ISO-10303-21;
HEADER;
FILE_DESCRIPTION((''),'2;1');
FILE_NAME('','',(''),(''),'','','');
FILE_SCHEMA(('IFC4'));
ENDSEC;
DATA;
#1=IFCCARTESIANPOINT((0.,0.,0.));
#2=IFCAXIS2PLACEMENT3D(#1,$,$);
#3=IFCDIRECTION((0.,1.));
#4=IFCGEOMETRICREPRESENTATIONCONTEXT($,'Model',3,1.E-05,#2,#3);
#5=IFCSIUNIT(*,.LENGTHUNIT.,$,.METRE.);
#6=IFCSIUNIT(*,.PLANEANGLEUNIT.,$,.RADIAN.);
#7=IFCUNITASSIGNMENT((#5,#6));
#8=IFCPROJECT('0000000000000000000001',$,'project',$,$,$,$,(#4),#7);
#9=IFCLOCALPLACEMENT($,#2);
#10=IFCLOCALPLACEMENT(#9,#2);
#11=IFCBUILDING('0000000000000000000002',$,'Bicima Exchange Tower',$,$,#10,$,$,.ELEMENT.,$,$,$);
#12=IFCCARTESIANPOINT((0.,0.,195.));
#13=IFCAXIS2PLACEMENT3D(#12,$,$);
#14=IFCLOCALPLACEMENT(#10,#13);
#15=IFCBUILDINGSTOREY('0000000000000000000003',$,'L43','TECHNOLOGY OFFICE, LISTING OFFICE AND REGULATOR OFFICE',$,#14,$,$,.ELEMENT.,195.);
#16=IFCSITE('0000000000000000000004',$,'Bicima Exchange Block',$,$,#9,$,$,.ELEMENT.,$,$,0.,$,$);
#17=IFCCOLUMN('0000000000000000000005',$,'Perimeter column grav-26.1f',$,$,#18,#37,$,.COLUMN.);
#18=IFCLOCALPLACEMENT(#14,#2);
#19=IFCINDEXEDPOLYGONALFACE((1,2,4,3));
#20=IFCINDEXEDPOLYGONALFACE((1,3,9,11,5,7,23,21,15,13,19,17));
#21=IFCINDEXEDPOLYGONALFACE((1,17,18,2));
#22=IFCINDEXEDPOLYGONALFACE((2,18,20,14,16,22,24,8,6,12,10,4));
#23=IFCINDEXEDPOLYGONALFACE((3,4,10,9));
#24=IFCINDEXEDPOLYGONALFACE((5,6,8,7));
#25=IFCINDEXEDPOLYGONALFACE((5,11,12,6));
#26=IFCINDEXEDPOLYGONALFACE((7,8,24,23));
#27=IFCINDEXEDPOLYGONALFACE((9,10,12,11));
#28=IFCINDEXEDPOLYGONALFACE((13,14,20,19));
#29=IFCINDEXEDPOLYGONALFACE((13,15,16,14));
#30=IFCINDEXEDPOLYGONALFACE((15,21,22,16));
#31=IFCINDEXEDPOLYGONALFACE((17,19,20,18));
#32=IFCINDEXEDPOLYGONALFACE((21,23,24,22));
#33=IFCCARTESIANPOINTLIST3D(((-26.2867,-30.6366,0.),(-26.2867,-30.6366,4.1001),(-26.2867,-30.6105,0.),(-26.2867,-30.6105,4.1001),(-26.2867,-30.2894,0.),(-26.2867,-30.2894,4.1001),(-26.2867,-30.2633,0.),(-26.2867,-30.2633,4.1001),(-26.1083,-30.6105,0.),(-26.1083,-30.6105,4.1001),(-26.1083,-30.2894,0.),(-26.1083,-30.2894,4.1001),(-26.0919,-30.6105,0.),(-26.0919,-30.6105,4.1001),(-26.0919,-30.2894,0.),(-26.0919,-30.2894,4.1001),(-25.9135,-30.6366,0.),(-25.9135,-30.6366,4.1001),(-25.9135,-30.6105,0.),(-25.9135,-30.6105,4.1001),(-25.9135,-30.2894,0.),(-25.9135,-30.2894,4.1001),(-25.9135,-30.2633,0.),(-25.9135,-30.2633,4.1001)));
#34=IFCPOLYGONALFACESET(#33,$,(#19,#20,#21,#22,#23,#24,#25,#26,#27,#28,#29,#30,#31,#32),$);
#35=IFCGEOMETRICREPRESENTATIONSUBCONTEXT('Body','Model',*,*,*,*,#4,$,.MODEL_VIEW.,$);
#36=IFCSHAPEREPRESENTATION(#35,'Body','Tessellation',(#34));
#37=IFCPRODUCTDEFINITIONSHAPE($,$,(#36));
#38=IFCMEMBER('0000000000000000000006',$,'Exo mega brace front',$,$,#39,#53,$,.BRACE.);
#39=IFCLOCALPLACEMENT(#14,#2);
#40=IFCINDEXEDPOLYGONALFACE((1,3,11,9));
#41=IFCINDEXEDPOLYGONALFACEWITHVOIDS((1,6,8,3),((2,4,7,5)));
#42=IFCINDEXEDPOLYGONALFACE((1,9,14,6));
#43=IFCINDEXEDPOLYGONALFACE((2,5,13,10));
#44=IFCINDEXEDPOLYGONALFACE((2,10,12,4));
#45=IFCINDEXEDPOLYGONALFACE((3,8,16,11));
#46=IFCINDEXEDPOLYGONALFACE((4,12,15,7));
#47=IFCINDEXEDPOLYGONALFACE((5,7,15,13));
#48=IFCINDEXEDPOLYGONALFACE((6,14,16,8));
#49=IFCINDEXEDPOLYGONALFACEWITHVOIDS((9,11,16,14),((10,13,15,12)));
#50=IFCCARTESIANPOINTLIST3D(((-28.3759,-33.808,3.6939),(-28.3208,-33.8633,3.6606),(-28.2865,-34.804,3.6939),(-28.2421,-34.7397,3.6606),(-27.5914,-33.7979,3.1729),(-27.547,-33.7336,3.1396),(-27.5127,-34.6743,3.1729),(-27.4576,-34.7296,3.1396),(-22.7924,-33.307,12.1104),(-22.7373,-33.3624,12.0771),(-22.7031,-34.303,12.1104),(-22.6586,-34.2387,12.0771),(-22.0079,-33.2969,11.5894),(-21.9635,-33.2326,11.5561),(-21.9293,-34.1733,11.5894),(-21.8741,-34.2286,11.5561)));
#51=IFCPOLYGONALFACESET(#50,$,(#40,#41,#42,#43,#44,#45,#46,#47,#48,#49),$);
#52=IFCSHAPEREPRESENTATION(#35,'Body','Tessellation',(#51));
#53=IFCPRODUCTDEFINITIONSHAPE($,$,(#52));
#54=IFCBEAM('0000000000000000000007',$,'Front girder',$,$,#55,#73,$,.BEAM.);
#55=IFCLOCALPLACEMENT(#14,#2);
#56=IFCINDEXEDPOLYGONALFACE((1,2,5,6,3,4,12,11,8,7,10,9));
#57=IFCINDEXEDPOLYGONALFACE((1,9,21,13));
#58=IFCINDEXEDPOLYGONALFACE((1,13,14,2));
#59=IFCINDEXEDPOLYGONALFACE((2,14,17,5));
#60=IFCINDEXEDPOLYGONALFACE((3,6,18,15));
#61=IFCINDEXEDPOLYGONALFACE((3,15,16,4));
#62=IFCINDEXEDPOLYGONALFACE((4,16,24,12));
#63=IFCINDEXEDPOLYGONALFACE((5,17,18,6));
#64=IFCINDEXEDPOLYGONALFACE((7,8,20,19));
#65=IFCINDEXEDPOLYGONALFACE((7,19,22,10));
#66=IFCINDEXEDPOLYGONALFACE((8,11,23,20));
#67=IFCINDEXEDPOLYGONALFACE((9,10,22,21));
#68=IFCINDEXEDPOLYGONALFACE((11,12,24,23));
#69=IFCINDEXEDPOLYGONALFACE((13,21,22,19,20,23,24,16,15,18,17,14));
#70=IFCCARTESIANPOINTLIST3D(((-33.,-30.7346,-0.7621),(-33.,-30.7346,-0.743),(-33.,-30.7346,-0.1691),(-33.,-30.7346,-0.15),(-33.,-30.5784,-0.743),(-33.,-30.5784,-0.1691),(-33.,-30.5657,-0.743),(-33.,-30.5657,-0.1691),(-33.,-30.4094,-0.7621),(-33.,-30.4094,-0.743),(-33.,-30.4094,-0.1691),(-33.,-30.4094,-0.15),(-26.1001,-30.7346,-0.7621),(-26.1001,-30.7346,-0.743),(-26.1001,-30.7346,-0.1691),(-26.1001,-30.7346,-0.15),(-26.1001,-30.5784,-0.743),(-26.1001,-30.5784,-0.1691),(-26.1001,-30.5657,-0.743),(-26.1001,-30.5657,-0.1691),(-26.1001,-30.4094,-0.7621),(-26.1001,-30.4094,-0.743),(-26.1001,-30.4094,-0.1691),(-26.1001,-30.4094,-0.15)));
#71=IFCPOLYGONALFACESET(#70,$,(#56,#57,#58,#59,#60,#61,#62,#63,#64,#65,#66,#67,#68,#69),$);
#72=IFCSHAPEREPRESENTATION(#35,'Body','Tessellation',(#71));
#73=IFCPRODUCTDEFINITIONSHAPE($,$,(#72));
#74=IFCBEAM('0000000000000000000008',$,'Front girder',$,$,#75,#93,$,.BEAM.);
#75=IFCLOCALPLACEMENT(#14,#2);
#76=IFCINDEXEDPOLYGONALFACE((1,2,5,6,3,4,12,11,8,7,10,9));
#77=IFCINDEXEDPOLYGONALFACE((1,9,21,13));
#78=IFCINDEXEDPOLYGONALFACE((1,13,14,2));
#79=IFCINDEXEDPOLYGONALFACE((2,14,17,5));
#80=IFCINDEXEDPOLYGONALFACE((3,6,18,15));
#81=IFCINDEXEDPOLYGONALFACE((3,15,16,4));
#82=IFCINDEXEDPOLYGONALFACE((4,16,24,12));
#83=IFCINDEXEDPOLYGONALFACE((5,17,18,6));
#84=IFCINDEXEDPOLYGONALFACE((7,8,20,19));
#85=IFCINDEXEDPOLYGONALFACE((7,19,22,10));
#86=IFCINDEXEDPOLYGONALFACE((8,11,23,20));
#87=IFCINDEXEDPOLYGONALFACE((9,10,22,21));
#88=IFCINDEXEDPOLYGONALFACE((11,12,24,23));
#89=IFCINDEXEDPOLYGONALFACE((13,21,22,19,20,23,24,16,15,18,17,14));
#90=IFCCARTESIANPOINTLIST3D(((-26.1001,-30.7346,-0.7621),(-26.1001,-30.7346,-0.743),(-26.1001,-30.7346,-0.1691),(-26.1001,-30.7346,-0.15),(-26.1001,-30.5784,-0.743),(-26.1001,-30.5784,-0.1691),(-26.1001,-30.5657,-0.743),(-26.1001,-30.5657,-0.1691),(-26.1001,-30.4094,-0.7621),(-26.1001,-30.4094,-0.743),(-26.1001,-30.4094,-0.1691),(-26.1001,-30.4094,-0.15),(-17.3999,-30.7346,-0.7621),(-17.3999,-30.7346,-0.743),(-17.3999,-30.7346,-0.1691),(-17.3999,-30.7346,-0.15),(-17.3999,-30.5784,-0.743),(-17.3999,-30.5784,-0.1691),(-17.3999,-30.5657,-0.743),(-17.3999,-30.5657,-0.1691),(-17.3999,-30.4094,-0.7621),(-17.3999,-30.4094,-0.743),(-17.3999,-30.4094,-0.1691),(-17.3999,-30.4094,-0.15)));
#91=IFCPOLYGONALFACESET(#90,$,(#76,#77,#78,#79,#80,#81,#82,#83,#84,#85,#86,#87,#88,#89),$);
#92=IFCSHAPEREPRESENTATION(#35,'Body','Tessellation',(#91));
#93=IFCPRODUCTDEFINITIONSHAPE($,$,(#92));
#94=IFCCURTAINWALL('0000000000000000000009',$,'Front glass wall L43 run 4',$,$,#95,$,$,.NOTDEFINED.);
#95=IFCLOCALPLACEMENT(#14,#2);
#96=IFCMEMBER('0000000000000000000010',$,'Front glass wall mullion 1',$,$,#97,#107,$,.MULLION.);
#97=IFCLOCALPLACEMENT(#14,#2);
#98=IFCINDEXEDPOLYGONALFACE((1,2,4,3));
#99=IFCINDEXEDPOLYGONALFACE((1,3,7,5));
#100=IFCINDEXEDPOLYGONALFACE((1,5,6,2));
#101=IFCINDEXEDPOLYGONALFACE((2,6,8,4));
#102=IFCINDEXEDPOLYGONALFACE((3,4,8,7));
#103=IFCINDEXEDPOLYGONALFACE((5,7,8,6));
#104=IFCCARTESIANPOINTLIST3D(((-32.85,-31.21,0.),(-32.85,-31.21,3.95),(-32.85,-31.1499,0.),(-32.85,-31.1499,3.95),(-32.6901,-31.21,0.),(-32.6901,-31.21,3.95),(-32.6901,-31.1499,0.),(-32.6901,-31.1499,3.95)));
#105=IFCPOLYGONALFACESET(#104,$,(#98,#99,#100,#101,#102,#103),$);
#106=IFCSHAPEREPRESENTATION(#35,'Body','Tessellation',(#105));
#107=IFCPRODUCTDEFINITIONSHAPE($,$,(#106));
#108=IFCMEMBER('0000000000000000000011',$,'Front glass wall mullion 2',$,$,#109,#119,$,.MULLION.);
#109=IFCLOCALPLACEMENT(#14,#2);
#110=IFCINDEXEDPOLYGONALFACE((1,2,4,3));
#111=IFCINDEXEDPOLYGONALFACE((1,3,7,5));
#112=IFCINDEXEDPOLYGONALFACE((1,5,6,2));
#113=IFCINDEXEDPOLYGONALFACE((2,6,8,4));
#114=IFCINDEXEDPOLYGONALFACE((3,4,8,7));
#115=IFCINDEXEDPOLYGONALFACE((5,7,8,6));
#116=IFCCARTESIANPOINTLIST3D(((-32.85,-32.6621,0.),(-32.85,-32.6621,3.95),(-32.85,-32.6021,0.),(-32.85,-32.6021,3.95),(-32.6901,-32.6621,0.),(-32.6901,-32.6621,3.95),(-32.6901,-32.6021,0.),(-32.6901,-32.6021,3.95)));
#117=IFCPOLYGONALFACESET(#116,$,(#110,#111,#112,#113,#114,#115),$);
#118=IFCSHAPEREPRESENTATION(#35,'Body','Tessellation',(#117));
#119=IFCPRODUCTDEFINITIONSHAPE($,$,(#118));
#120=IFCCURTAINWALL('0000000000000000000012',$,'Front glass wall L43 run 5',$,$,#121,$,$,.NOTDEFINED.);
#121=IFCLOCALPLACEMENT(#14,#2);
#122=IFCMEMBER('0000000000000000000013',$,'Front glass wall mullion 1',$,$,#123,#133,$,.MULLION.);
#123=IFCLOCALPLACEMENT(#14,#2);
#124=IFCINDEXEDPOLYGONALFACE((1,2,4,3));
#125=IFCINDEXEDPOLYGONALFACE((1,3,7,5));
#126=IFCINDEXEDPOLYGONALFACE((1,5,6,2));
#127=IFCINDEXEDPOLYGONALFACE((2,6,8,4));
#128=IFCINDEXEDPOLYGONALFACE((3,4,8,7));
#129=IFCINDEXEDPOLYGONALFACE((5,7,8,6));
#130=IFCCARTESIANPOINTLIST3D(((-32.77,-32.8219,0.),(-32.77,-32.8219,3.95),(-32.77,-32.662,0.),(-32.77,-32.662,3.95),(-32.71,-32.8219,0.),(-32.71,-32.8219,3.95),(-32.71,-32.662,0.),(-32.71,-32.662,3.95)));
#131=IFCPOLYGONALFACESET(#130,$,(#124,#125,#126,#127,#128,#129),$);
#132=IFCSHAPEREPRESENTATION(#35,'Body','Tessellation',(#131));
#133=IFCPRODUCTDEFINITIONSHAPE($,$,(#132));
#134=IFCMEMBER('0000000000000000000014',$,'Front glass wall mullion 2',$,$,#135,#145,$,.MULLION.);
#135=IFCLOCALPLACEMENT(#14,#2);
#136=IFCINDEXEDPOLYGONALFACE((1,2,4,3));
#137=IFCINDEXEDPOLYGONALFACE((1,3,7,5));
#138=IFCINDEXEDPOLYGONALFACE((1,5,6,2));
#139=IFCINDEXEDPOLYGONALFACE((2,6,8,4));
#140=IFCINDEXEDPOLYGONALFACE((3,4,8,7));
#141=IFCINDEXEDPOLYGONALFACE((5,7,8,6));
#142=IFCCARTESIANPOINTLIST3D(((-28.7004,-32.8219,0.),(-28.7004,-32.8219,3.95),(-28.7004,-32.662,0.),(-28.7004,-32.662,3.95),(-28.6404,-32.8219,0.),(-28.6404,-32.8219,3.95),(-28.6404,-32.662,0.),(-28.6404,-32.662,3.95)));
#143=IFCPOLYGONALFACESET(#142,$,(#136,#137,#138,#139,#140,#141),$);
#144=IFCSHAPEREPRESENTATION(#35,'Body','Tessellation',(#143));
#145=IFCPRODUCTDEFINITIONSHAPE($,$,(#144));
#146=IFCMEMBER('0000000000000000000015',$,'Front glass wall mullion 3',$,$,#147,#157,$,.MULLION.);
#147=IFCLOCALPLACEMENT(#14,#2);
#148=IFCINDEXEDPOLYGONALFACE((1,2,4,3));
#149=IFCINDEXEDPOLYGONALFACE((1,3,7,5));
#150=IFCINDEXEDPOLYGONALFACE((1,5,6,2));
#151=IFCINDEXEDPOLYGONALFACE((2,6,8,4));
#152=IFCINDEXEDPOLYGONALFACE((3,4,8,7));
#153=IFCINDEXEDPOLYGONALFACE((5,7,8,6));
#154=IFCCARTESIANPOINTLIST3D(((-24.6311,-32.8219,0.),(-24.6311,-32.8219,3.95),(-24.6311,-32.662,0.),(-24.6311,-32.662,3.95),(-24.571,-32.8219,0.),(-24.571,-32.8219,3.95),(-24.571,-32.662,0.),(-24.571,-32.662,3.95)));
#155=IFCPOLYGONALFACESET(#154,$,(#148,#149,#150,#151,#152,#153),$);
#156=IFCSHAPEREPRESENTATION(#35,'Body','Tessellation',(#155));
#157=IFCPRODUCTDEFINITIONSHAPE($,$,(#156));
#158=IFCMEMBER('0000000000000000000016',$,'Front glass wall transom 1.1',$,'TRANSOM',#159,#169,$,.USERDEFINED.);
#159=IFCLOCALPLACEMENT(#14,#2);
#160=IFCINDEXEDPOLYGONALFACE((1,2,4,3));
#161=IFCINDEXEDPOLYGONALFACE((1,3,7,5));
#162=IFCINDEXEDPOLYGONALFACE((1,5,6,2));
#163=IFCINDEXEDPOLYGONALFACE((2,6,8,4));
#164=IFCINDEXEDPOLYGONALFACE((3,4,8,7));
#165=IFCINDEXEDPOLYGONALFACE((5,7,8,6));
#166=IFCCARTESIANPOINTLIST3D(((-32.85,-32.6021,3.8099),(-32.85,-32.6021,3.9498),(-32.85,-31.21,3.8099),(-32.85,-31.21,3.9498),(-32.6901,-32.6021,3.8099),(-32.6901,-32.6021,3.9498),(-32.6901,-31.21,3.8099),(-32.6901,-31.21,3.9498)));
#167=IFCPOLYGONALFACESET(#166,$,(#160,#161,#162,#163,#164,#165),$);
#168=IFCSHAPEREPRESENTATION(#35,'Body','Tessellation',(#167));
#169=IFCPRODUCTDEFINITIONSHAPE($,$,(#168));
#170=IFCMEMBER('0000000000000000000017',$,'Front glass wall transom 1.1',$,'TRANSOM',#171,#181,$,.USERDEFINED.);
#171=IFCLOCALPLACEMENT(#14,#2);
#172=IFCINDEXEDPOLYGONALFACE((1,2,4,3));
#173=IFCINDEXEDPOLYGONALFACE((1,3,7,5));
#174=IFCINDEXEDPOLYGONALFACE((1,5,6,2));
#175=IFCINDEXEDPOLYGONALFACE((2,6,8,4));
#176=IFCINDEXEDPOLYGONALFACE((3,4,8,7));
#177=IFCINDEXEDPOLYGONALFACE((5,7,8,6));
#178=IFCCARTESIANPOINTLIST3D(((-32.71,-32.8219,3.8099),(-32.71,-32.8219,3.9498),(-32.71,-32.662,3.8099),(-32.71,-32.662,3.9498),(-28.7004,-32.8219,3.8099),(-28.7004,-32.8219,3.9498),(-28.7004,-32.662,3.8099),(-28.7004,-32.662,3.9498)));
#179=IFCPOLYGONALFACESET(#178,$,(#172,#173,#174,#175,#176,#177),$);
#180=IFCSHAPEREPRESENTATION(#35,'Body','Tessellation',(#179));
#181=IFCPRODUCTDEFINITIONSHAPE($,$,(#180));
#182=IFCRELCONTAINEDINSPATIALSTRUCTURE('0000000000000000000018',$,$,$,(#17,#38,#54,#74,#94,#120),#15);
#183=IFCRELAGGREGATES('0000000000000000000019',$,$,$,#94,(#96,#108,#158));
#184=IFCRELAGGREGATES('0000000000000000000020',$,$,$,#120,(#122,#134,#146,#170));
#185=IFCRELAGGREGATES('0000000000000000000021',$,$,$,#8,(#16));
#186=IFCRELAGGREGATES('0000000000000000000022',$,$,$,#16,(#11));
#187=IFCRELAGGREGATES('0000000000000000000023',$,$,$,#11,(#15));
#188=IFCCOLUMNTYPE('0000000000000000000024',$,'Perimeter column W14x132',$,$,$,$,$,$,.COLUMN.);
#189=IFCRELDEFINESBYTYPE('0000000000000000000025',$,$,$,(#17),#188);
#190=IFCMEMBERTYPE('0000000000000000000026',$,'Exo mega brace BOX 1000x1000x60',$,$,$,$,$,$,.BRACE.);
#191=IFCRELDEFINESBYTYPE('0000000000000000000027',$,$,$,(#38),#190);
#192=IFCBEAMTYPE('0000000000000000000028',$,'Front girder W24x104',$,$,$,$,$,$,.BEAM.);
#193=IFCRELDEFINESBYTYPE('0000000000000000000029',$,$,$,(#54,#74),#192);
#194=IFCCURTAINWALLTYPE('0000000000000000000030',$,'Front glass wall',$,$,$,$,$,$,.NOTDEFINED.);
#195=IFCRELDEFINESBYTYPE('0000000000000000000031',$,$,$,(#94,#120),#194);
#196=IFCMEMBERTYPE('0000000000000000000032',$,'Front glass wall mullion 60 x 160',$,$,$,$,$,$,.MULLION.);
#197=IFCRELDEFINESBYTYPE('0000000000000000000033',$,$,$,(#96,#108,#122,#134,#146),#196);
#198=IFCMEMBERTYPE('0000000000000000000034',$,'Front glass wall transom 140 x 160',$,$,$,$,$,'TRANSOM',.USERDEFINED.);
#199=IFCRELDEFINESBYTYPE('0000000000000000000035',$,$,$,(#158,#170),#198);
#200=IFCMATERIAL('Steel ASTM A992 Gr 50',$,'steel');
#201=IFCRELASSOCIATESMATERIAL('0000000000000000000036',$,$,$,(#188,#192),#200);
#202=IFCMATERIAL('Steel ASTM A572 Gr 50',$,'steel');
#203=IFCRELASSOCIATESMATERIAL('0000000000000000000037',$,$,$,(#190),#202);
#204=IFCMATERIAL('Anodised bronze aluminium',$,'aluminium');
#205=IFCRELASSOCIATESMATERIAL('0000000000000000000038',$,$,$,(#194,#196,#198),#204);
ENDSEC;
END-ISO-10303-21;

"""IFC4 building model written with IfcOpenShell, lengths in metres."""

from ifc_helpers import new_model, si_unit, direction, frame, origin, origin_2d, place, context, subcontext, project, spatial, rectangle, hollow_rectangle, i_section, extrude, material, material_profile, profile_set, type_object, element, aggregate, save


model = new_model("IFC4")

# Units and contexts
model_context = context("Model", 3, precision=1e-05, world=origin(), true_north=direction((0.0, 1.0)))
body_context = subcontext(model_context, "Body", "Model", "MODEL_VIEW")
ifc_project = project(units=[si_unit("LENGTHUNIT", "METRE"), si_unit("PLANEANGLEUNIT", "RADIAN")], contexts=[model_context])

# Site, building, storey
site_placement = place(None, origin())
site = spatial("IfcSite", under=ifc_project, at=site_placement, Name="Bicima Exchange Block", CompositionType="ELEMENT", RefElevation=0.0)
building_placement = place(site_placement, origin())
building = spatial("IfcBuilding", under=site, at=building_placement, Name="Bicima Exchange Tower", CompositionType="ELEMENT")
storey_placement = place(building_placement, frame((0.0, 0.0, 195.0)))
storey = spatial("IfcBuildingStorey", under=building, at=storey_placement, Name="L43", Description="TECHNOLOGY OFFICE, LISTING OFFICE AND REGULATOR OFFICE", CompositionType="ELEMENT", Elevation=195.0)

# Column
ifc_material_1 = material(Name="Steel ASTM A992 Gr 50", Category="steel")
ifc_material_profile_1 = material_profile(ifc_material_1, i_section(OverallWidth=0.3733, OverallDepth=0.3733, WebThickness=0.0164, FlangeThickness=0.0261, at=origin_2d()))
ifc_profile_set_1 = profile_set([ifc_material_profile_1], Name="Steel ASTM A992 Gr 50")
column_type = type_object("IfcColumnType", Name="Perimeter column W14x132", PredefinedType="COLUMN", material=ifc_profile_set_1)
column_placement = place(storey_placement, frame((-26.1001, -30.45, 0.0), z_axis=(0.0, 0.0, 1.0), x_axis=(1.0, 0.0, 0.0)))
element("IfcColumn", 1, at=column_placement, inside=storey, type_object=column_type, Name="Perimeter column grav-26.1f", PredefinedType="COLUMN", context=body_context, shape_type="SweptSolid", body=[
    extrude(i_section(OverallWidth=0.3733, OverallDepth=0.3733, WebThickness=0.0164, FlangeThickness=0.0261, at=origin_2d()), origin(), (0.0, 0.0, 1.0), 4.1001),
])

# Member
ifc_material_2 = material(Name="Steel ASTM A572 Gr 50", Category="steel")
ifc_material_profile_2 = material_profile(ifc_material_2, hollow_rectangle(XDim=1.0, YDim=1.0, WallThickness=0.0601, at=origin_2d()))
ifc_profile_set_2 = profile_set([ifc_material_profile_2], Name="Steel ASTM A572 Gr 50")
member_type_1 = type_object("IfcMemberType", Name="Exo mega brace BOX 1000x1000x60", PredefinedType="BRACE", material=ifc_profile_set_2)
member_1_placement = place(storey_placement, frame((-27.9167, -34.2688, 3.4167), z_axis=(0.552135, 0.04954, 0.832282), x_axis=(-0.089366, 0.995999, 0.0)))
element("IfcMember", 2, at=member_1_placement, inside=storey, type_object=member_type_1, Name="Exo mega brace front", PredefinedType="BRACE", context=body_context, shape_type="SweptSolid", body=[
    extrude(hollow_rectangle(XDim=1.0, YDim=1.0, WallThickness=0.0601, at=origin_2d()), origin(), (0.0, 0.0, 1.0), 10.1125),
])

# Beams
ifc_material_profile_3 = material_profile(ifc_material_1, i_section(OverallWidth=0.3252, OverallDepth=0.6121, WebThickness=0.0127, FlangeThickness=0.019, at=origin_2d()))
ifc_profile_set_3 = profile_set([ifc_material_profile_3], Name="Steel ASTM A992 Gr 50")
beam_type = type_object("IfcBeamType", Name="Front girder W24x104", PredefinedType="BEAM", material=ifc_profile_set_3)
beam_1_placement = place(storey_placement, frame((-33.0, -30.572, -0.4561), z_axis=(1.0, 0.0, 0.0), x_axis=(0.0, 1.0, 0.0)))
element("IfcBeam", 3, at=beam_1_placement, inside=storey, type_object=beam_type, Name="Front girder", PredefinedType="BEAM", context=body_context, shape_type="SweptSolid", body=[
    extrude(i_section(OverallWidth=0.3252, OverallDepth=0.6121, WebThickness=0.0127, FlangeThickness=0.019, at=origin_2d()), origin(), (0.0, 0.0, 1.0), 6.8999),
])
beam_2_placement = place(storey_placement, frame((-26.1001, -30.572, -0.4561), z_axis=(1.0, 0.0, 0.0), x_axis=(0.0, 1.0, 0.0)))
element("IfcBeam", 4, at=beam_2_placement, inside=storey, type_object=beam_type, Name="Front girder", PredefinedType="BEAM", context=body_context, shape_type="SweptSolid", body=[
    extrude(i_section(OverallWidth=0.3252, OverallDepth=0.6121, WebThickness=0.0127, FlangeThickness=0.019, at=origin_2d()), origin(), (0.0, 0.0, 1.0), 8.7002),
])

# Curtain walls, members
ifc_material_3 = material(Name="Anodised bronze aluminium", Category="aluminium")
curtain_wall_type = type_object("IfcCurtainWallType", Name="Front glass wall", PredefinedType="NOTDEFINED", material=ifc_material_3)
curtain_wall_1_placement = place(storey_placement, origin())
curtain_wall_1 = element("IfcCurtainWall", 5, at=curtain_wall_1_placement, inside=storey, type_object=curtain_wall_type, Name="Front glass wall L43 run 4", PredefinedType="NOTDEFINED")
ifc_material_profile_4 = material_profile(ifc_material_3, rectangle(XDim=0.1599, YDim=0.0601, at=origin_2d()))
ifc_profile_set_4 = profile_set([ifc_material_profile_4], Name="Anodised bronze aluminium")
member_type_2 = type_object("IfcMemberType", Name="Front glass wall mullion 60 x 160", PredefinedType="MULLION", material=ifc_profile_set_4)
member_2_placement = place(storey_placement, frame((-32.77, -31.1799, 0.0), z_axis=(0.0, 0.0, 1.0), x_axis=(1.0, 0.0, 0.0)))
member_2 = element("IfcMember", 6, at=member_2_placement, type_object=member_type_2, Name="Front glass wall mullion 1", PredefinedType="MULLION", context=body_context, shape_type="SweptSolid", body=[
    extrude(rectangle(XDim=0.1599, YDim=0.0601, at=origin_2d()), origin(), (0.0, 0.0, 1.0), 3.95),
])
member_3_placement = place(storey_placement, frame((-32.77, -32.6321, 0.0), z_axis=(0.0, 0.0, 1.0), x_axis=(1.0, 0.0, 0.0)))
member_3 = element("IfcMember", 7, at=member_3_placement, type_object=member_type_2, Name="Front glass wall mullion 2", PredefinedType="MULLION", context=body_context, shape_type="SweptSolid", body=[
    extrude(rectangle(XDim=0.1599, YDim=0.0601, at=origin_2d()), origin(), (0.0, 0.0, 1.0), 3.95),
])
curtain_wall_2_placement = place(storey_placement, origin())
curtain_wall_2 = element("IfcCurtainWall", 8, at=curtain_wall_2_placement, inside=storey, type_object=curtain_wall_type, Name="Front glass wall L43 run 5", PredefinedType="NOTDEFINED")
member_4_placement = place(storey_placement, frame((-32.74, -32.7419, 0.0), z_axis=(0.0, 0.0, 1.0), x_axis=(0.0, 1.0, 0.0)))
member_4 = element("IfcMember", 9, at=member_4_placement, type_object=member_type_2, Name="Front glass wall mullion 1", PredefinedType="MULLION", context=body_context, shape_type="SweptSolid", body=[
    extrude(rectangle(XDim=0.1599, YDim=0.0601, at=origin_2d()), origin(), (0.0, 0.0, 1.0), 3.95),
])
member_5_placement = place(storey_placement, frame((-28.6704, -32.7419, 0.0), z_axis=(0.0, 0.0, 1.0), x_axis=(0.0, 1.0, 0.0)))
member_5 = element("IfcMember", 10, at=member_5_placement, type_object=member_type_2, Name="Front glass wall mullion 2", PredefinedType="MULLION", context=body_context, shape_type="SweptSolid", body=[
    extrude(rectangle(XDim=0.1599, YDim=0.0601, at=origin_2d()), origin(), (0.0, 0.0, 1.0), 3.95),
])
member_6_placement = place(storey_placement, frame((-24.6011, -32.7419, 0.0), z_axis=(0.0, 0.0, 1.0), x_axis=(0.0, 1.0, 0.0)))
member_6 = element("IfcMember", 11, at=member_6_placement, type_object=member_type_2, Name="Front glass wall mullion 3", PredefinedType="MULLION", context=body_context, shape_type="SweptSolid", body=[
    extrude(rectangle(XDim=0.1599, YDim=0.0601, at=origin_2d()), origin(), (0.0, 0.0, 1.0), 3.95),
])

# Members
ifc_material_profile_5 = material_profile(ifc_material_3, rectangle(XDim=0.1599, YDim=0.1399, at=origin_2d()))
ifc_profile_set_5 = profile_set([ifc_material_profile_5], Name="Anodised bronze aluminium")
member_type_3 = type_object("IfcMemberType", Name="Front glass wall transom 140 x 160", ElementType="TRANSOM", PredefinedType="USERDEFINED", material=ifc_profile_set_5)
member_7_placement = place(storey_placement, frame((-32.77, -31.21, 3.8799), z_axis=(0.0, -1.0, 0.0), x_axis=(1.0, 0.0, 0.0)))
member_7 = element("IfcMember", 12, at=member_7_placement, type_object=member_type_3, Name="Front glass wall transom 1.1", ObjectType="TRANSOM", PredefinedType="USERDEFINED", context=body_context, shape_type="SweptSolid", body=[
    extrude(rectangle(XDim=0.1599, YDim=0.1399, at=origin_2d()), origin(), (0.0, 0.0, 1.0), 1.3921),
])
member_8_placement = place(storey_placement, frame((-32.71, -32.7419, 3.8799), z_axis=(1.0, 0.0, 0.0), x_axis=(0.0, 1.0, 0.0)))
member_8 = element("IfcMember", 13, at=member_8_placement, type_object=member_type_3, Name="Front glass wall transom 1.1", ObjectType="TRANSOM", PredefinedType="USERDEFINED", context=body_context, shape_type="SweptSolid", body=[
    extrude(rectangle(XDim=0.1599, YDim=0.1399, at=origin_2d()), origin(), (0.0, 0.0, 1.0), 4.0095),
])

aggregate(curtain_wall_1, [member_2, member_3, member_7])
aggregate(curtain_wall_2, [member_4, member_5, member_6, member_8])

save(model, "model.ifc")
